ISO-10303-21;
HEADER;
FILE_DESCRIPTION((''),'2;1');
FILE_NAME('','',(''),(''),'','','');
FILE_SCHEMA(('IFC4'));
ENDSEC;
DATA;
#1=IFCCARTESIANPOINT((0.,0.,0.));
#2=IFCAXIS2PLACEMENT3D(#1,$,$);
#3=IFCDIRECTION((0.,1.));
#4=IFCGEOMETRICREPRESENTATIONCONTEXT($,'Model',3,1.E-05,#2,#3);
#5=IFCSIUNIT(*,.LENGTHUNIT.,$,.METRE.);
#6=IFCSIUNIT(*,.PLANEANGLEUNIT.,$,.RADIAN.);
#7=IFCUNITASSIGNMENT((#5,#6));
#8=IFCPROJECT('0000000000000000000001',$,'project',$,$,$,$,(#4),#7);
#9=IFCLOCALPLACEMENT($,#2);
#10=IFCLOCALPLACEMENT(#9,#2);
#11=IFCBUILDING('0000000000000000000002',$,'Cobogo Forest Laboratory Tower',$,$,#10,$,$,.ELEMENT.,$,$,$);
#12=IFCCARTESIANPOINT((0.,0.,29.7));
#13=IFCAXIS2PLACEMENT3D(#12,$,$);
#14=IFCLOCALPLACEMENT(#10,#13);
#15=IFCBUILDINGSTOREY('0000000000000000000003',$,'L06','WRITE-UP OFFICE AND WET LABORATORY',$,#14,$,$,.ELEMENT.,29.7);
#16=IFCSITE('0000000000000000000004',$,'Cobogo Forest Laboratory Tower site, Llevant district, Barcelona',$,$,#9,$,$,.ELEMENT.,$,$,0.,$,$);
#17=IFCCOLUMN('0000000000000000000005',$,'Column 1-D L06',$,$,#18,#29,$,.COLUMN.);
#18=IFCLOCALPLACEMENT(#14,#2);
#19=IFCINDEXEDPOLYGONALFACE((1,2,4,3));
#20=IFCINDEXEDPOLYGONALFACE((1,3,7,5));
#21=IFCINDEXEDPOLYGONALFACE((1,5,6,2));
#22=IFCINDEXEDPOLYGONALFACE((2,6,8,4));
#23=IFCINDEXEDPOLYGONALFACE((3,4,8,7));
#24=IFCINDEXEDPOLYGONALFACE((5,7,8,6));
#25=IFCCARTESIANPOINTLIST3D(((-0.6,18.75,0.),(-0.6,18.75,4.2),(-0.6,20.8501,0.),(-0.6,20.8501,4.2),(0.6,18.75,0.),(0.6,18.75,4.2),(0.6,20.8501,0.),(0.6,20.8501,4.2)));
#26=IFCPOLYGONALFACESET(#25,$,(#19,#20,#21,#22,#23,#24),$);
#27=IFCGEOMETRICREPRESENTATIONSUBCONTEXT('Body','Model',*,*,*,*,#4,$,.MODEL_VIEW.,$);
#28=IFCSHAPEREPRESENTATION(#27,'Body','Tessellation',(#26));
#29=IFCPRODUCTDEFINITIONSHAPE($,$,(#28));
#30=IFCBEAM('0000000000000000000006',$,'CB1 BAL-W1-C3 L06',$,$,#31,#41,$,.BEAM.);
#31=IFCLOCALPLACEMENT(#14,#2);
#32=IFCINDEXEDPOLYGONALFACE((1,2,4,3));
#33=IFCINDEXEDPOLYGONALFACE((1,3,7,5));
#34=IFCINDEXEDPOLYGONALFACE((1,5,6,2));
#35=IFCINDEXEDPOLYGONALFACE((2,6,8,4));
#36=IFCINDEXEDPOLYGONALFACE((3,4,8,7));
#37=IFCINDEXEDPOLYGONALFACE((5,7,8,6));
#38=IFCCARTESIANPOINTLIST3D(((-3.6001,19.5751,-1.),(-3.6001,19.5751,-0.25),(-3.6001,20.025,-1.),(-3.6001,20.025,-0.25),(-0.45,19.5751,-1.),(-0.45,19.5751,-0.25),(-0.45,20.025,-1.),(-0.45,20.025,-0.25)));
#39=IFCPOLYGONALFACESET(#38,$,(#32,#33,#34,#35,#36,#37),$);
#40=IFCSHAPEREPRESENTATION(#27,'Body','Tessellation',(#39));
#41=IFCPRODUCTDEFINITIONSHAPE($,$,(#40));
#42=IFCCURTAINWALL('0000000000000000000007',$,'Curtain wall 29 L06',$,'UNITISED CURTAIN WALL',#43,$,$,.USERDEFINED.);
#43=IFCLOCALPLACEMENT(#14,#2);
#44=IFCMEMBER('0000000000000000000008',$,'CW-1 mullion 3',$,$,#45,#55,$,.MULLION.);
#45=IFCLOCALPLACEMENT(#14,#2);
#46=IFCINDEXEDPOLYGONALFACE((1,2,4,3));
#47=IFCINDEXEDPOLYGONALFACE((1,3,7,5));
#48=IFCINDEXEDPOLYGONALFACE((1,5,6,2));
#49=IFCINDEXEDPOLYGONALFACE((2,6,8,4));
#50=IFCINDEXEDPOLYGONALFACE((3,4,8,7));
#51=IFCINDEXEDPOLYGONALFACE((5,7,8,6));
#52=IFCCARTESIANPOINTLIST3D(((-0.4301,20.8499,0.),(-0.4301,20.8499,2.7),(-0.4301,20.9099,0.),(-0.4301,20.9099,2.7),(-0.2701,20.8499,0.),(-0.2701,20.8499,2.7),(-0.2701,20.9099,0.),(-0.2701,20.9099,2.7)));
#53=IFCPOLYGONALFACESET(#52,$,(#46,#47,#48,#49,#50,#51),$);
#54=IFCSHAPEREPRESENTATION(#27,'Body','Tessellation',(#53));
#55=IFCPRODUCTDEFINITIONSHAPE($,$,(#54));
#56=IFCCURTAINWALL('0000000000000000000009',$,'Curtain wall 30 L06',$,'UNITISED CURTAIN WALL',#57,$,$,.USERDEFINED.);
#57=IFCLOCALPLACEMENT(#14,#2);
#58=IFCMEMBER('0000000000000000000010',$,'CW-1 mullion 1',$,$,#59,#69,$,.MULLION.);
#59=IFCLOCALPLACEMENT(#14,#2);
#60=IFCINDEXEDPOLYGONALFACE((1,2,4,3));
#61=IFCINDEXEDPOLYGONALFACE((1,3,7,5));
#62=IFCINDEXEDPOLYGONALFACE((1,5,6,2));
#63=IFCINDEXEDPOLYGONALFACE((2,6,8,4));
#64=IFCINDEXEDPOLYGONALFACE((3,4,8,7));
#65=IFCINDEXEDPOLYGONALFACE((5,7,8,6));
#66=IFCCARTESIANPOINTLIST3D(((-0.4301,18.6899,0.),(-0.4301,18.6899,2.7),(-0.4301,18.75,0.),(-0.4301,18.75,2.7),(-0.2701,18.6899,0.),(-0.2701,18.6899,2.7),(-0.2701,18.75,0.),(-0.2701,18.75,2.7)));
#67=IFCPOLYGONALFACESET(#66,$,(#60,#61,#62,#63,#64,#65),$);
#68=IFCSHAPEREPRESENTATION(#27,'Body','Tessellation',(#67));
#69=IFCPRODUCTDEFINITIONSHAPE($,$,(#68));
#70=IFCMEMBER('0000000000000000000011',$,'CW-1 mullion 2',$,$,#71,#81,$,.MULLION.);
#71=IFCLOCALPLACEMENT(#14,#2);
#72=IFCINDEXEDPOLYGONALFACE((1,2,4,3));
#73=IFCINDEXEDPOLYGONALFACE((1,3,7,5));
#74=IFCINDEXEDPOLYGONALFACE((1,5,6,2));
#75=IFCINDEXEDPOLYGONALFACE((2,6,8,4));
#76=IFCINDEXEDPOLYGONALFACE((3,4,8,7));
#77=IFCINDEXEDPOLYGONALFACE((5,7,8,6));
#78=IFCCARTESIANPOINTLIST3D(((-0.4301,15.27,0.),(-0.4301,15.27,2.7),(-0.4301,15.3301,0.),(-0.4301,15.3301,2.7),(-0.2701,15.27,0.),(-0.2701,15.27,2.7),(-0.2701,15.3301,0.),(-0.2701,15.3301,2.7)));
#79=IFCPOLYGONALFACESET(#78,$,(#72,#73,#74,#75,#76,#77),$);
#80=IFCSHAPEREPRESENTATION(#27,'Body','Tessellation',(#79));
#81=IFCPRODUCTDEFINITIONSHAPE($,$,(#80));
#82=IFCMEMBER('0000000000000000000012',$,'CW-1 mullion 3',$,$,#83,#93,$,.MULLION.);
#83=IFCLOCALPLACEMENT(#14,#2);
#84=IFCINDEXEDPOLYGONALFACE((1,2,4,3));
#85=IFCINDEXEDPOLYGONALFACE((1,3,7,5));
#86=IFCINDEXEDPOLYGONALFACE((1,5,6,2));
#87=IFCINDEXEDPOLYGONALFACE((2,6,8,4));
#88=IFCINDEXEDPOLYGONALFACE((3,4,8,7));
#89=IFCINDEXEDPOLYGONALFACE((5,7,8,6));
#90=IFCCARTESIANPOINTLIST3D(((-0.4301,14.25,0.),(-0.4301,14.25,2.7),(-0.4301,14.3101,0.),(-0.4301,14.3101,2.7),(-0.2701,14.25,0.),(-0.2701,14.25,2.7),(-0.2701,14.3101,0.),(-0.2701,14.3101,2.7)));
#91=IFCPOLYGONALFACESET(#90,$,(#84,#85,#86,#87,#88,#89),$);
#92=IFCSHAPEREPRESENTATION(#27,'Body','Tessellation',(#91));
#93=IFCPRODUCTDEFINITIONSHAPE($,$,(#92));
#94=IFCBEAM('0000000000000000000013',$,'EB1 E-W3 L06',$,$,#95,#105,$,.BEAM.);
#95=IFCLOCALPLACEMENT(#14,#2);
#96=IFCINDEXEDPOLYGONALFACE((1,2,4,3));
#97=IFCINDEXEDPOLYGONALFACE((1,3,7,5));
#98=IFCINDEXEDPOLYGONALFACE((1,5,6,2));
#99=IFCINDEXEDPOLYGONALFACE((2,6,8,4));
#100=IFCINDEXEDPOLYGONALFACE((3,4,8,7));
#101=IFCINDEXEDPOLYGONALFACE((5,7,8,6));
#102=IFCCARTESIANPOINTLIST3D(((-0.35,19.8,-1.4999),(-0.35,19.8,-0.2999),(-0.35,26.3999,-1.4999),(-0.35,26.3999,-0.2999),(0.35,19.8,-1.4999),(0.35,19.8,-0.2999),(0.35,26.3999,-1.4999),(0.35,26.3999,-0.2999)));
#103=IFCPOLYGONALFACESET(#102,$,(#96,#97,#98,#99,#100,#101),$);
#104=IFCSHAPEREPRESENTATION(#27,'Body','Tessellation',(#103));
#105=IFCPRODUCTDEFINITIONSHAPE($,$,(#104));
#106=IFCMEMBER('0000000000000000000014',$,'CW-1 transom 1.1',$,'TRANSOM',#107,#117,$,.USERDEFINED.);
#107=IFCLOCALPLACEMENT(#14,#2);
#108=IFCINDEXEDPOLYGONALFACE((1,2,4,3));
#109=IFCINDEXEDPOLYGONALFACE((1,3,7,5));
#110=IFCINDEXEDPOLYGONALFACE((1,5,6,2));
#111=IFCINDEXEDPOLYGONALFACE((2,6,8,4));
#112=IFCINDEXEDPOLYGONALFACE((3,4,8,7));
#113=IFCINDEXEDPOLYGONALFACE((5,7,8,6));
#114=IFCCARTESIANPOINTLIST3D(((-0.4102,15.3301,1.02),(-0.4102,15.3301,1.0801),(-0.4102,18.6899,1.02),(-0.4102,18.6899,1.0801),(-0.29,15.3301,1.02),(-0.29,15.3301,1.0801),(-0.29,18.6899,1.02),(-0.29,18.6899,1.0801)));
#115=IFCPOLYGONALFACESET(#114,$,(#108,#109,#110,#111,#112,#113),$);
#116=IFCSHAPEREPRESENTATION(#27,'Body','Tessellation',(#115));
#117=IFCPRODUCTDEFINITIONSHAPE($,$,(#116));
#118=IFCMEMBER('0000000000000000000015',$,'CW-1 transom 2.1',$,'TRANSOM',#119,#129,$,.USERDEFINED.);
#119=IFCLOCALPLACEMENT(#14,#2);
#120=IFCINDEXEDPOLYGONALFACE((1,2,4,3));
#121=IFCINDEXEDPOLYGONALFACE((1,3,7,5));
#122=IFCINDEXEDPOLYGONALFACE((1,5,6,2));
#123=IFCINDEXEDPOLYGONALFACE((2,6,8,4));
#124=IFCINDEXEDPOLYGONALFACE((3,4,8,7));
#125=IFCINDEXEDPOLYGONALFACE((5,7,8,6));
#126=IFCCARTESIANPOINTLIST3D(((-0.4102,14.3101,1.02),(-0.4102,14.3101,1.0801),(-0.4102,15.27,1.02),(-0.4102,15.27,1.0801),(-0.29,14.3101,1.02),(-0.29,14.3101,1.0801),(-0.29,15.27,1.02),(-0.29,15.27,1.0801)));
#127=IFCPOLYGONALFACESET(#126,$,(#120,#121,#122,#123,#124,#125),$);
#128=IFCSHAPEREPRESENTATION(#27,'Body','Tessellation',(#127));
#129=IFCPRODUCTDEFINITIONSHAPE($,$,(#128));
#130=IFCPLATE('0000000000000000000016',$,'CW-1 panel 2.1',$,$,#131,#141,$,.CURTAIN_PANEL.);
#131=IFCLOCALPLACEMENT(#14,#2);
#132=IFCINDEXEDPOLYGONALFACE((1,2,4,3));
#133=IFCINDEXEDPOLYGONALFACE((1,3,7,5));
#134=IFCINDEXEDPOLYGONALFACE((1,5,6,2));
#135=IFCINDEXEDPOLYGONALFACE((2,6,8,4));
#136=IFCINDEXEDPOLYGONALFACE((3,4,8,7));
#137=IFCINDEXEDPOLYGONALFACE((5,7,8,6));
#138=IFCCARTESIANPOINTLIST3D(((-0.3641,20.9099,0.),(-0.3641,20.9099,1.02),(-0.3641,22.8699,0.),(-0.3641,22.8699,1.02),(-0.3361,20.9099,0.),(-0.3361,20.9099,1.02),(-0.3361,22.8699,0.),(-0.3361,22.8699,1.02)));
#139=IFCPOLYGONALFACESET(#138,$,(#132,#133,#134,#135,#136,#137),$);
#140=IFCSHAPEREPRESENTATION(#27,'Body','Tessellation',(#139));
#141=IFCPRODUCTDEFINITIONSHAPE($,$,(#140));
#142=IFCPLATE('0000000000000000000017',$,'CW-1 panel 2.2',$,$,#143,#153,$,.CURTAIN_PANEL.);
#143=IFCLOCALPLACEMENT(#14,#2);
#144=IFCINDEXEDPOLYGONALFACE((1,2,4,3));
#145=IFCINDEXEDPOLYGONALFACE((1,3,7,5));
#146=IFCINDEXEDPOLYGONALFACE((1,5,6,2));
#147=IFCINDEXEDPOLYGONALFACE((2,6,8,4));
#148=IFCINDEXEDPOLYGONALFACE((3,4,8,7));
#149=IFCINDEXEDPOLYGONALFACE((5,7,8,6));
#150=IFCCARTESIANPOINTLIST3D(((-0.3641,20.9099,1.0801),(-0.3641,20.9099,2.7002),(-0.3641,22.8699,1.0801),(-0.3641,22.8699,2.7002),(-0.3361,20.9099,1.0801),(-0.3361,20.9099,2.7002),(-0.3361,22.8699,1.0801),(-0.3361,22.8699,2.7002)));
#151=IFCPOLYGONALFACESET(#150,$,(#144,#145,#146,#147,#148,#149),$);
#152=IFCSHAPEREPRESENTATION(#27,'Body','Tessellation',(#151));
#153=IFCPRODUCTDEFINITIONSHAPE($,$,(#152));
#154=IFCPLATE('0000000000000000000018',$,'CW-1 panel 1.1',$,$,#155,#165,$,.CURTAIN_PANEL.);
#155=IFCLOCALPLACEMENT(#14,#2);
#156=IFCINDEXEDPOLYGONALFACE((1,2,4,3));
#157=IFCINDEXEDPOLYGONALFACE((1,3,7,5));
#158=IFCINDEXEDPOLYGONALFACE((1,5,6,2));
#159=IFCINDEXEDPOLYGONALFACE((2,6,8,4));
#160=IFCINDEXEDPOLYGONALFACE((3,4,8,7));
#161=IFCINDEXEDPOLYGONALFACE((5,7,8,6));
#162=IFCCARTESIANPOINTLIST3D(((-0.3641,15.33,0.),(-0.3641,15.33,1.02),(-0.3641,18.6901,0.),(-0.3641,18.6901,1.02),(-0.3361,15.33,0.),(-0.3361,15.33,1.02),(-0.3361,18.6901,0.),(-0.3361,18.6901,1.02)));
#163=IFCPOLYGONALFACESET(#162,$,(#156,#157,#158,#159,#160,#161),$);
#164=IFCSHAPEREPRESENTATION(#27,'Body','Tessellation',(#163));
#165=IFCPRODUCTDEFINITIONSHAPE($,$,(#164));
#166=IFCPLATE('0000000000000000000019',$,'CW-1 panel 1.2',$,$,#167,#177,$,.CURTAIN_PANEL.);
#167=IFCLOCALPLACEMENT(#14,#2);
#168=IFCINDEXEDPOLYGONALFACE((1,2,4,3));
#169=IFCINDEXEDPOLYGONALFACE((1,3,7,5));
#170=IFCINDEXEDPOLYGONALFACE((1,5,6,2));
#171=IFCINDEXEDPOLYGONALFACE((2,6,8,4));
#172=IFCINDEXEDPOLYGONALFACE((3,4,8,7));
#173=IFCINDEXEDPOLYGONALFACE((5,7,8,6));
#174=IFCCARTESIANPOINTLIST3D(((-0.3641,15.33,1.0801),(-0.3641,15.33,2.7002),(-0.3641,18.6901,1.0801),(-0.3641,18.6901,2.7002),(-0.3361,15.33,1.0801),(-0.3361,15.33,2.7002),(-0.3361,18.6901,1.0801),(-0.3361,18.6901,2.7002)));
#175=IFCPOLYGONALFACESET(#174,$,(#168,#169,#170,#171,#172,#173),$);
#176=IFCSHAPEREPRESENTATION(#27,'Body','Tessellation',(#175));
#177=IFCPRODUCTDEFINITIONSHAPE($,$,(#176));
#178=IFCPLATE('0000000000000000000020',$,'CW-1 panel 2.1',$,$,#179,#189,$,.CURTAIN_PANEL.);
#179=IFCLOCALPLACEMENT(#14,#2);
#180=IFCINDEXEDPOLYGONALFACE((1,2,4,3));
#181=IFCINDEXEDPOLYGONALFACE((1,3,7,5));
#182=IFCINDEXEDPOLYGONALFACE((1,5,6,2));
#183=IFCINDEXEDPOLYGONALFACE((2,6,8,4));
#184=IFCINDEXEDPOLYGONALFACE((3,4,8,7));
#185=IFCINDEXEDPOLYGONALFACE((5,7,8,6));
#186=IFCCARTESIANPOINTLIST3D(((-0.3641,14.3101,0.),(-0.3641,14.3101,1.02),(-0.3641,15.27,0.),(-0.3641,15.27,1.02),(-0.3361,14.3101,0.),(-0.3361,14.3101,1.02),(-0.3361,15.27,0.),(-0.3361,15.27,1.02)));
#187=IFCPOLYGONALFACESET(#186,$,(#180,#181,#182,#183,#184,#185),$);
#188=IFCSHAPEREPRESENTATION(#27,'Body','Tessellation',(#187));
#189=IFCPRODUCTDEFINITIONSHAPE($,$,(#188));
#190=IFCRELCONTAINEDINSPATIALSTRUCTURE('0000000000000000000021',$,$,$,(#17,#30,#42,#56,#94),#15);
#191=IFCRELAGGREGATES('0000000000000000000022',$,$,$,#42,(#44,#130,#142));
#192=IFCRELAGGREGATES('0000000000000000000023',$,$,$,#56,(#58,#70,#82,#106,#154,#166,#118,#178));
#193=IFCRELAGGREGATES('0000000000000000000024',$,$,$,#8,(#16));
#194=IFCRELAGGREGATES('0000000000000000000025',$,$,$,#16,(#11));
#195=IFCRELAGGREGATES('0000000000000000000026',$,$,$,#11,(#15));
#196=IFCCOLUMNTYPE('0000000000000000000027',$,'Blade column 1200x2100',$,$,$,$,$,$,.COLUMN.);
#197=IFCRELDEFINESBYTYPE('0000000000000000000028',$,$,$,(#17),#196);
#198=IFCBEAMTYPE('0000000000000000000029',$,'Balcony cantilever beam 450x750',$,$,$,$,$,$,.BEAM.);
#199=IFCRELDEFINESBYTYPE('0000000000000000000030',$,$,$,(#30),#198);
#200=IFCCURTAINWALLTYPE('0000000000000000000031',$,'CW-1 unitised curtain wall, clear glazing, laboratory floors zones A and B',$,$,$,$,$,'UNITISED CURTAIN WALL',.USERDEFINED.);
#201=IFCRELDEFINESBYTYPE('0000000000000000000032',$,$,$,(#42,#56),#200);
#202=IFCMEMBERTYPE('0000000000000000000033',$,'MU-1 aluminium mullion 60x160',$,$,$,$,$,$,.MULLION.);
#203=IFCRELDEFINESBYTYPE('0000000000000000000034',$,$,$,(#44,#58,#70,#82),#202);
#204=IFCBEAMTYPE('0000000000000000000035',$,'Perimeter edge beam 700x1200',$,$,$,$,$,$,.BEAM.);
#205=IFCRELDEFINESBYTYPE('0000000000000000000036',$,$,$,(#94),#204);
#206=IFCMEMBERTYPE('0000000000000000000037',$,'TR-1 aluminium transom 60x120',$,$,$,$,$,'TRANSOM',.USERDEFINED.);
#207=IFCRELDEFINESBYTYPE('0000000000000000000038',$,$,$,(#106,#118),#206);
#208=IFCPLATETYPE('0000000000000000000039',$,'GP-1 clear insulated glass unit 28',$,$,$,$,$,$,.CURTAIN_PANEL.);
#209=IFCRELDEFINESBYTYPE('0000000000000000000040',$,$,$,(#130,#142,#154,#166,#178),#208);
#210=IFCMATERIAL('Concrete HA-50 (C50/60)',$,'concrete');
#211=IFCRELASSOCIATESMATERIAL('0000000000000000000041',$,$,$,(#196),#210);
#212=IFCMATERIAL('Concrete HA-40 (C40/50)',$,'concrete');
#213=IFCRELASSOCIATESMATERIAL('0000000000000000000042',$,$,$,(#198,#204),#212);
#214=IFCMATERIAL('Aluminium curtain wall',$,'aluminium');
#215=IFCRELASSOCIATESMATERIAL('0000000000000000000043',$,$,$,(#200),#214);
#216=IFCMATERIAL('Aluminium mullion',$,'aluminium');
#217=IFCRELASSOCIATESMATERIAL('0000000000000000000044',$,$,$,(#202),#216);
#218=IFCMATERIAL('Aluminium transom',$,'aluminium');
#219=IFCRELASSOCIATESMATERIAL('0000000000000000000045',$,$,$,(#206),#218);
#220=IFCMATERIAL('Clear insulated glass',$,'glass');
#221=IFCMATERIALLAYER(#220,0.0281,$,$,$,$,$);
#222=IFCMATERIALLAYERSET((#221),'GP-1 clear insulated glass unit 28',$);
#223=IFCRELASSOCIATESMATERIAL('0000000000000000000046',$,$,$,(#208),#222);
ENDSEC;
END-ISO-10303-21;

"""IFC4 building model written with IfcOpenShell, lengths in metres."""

from ifc_helpers import new_model, si_unit, direction, frame, origin, origin_2d, place, context, subcontext, project, spatial, rectangle, extrude, material, layer, layer_set, material_profile, profile_set, type_object, element, aggregate, save


model = new_model("IFC4")

# Units and contexts
model_context = context("Model", 3, precision=1e-05, world=origin(), true_north=direction((0.0, 1.0)))
body_context = subcontext(model_context, "Body", "Model", "MODEL_VIEW")
ifc_project = project(units=[si_unit("LENGTHUNIT", "METRE"), si_unit("PLANEANGLEUNIT", "RADIAN")], contexts=[model_context])

# Site, building, storey
site_placement = place(None, origin())
site = spatial("IfcSite", under=ifc_project, at=site_placement, Name="Cobogo Forest Laboratory Tower site, Llevant district, Barcelona", CompositionType="ELEMENT", RefElevation=0.0)
building_placement = place(site_placement, origin())
building = spatial("IfcBuilding", under=site, at=building_placement, Name="Cobogo Forest Laboratory Tower", CompositionType="ELEMENT")
storey_placement = place(building_placement, frame((0.0, 0.0, 29.7)))
storey = spatial("IfcBuildingStorey", under=building, at=storey_placement, Name="L06", Description="WRITE-UP OFFICE AND WET LABORATORY", CompositionType="ELEMENT", Elevation=29.7)

# Column
ifc_material_1 = material(Name="Concrete HA-50 (C50/60)", Category="concrete")
ifc_material_profile_1 = material_profile(ifc_material_1, rectangle(XDim=2.1001, YDim=1.2, at=origin_2d()), Name="RC 1200x2100")
ifc_profile_set_1 = profile_set([ifc_material_profile_1], Name="Concrete HA-50 (C50/60)")
column_type = type_object("IfcColumnType", Name="Blade column 1200x2100", PredefinedType="COLUMN", material=ifc_profile_set_1)
column_placement = place(storey_placement, frame((0.0, 19.8, 0.0), z_axis=(0.0, 0.0, 1.0), x_axis=(0.0, 1.0, 0.0)))
element("IfcColumn", 1, at=column_placement, inside=storey, type_object=column_type, Name="Column 1-D L06", PredefinedType="COLUMN", context=body_context, shape_type="SweptSolid", body=[
    extrude(rectangle(XDim=2.1001, YDim=1.2, at=origin_2d()), origin(), (0.0, 0.0, 1.0), 4.2),
])

# Beam
ifc_material_2 = material(Name="Concrete HA-40 (C40/50)", Category="concrete")
ifc_material_profile_2 = material_profile(ifc_material_2, rectangle(XDim=0.45, YDim=0.75, at=origin_2d()), Name="RC 450x750")
ifc_profile_set_2 = profile_set([ifc_material_profile_2], Name="Concrete HA-40 (C40/50)")
beam_type_1 = type_object("IfcBeamType", Name="Balcony cantilever beam 450x750", PredefinedType="BEAM", material=ifc_profile_set_2)
beam_1_placement = place(storey_placement, frame((-0.45, 19.8, -0.625), z_axis=(-1.0, 0.0, 0.0), x_axis=(0.0, -1.0, 0.0)))
element("IfcBeam", 2, at=beam_1_placement, inside=storey, type_object=beam_type_1, Name="CB1 BAL-W1-C3 L06", PredefinedType="BEAM", context=body_context, shape_type="SweptSolid", body=[
    extrude(rectangle(XDim=0.45, YDim=0.75, at=origin_2d()), origin(), (0.0, 0.0, 1.0), 3.1501),
])

# Curtain wall, member
ifc_material_3 = material(Name="Aluminium curtain wall", Category="aluminium")
curtain_wall_type = type_object("IfcCurtainWallType", Name="CW-1 unitised curtain wall, clear glazing, laboratory floors zones A and B", ElementType="UNITISED CURTAIN WALL", PredefinedType="USERDEFINED", material=ifc_material_3)
curtain_wall_1_placement = place(storey_placement, origin())
curtain_wall_1 = element("IfcCurtainWall", 3, at=curtain_wall_1_placement, inside=storey, type_object=curtain_wall_type, Name="Curtain wall 29 L06", ObjectType="UNITISED CURTAIN WALL", PredefinedType="USERDEFINED")
ifc_material_4 = material(Name="Aluminium mullion", Category="aluminium")
ifc_material_profile_3 = material_profile(ifc_material_4, rectangle(XDim=0.0601, YDim=0.1599, at=origin_2d()), Name="AL 60x160")
ifc_profile_set_3 = profile_set([ifc_material_profile_3], Name="Aluminium mullion")
member_type_1 = type_object("IfcMemberType", Name="MU-1 aluminium mullion 60x160", PredefinedType="MULLION", material=ifc_profile_set_3)
member_1_placement = place(storey_placement, frame((-0.3501, 20.8799, 0.0), z_axis=(0.0, 0.0, 1.0), x_axis=(0.0, -1.0, 0.0)))
member_1 = element("IfcMember", 4, at=member_1_placement, type_object=member_type_1, Name="CW-1 mullion 3", PredefinedType="MULLION", context=body_context, shape_type="SweptSolid", body=[
    extrude(rectangle(XDim=0.0601, YDim=0.1599, at=origin_2d()), origin(), (0.0, 0.0, 1.0), 2.7),
])

# Curtain wall, members
curtain_wall_2_placement = place(storey_placement, origin())
curtain_wall_2 = element("IfcCurtainWall", 5, at=curtain_wall_2_placement, inside=storey, type_object=curtain_wall_type, Name="Curtain wall 30 L06", ObjectType="UNITISED CURTAIN WALL", PredefinedType="USERDEFINED")
member_2_placement = place(storey_placement, frame((-0.3501, 18.72, 0.0), z_axis=(0.0, 0.0, 1.0), x_axis=(0.0, -1.0, 0.0)))
member_2 = element("IfcMember", 6, at=member_2_placement, type_object=member_type_1, Name="CW-1 mullion 1", PredefinedType="MULLION", context=body_context, shape_type="SweptSolid", body=[
    extrude(rectangle(XDim=0.0601, YDim=0.1599, at=origin_2d()), origin(), (0.0, 0.0, 1.0), 2.7),
])
member_3_placement = place(storey_placement, frame((-0.3501, 15.3, 0.0), z_axis=(0.0, 0.0, 1.0), x_axis=(0.0, -1.0, 0.0)))
member_3 = element("IfcMember", 7, at=member_3_placement, type_object=member_type_1, Name="CW-1 mullion 2", PredefinedType="MULLION", context=body_context, shape_type="SweptSolid", body=[
    extrude(rectangle(XDim=0.0601, YDim=0.1599, at=origin_2d()), origin(), (0.0, 0.0, 1.0), 2.7),
])
member_4_placement = place(storey_placement, frame((-0.3501, 14.28, 0.0), z_axis=(0.0, 0.0, 1.0), x_axis=(0.0, -1.0, 0.0)))
member_4 = element("IfcMember", 8, at=member_4_placement, type_object=member_type_1, Name="CW-1 mullion 3", PredefinedType="MULLION", context=body_context, shape_type="SweptSolid", body=[
    extrude(rectangle(XDim=0.0601, YDim=0.1599, at=origin_2d()), origin(), (0.0, 0.0, 1.0), 2.7),
])

# Beam
ifc_material_profile_4 = material_profile(ifc_material_2, rectangle(XDim=0.7, YDim=1.2, at=origin_2d()), Name="RC 700x1200")
ifc_profile_set_4 = profile_set([ifc_material_profile_4], Name="Concrete HA-40 (C40/50)")
beam_type_2 = type_object("IfcBeamType", Name="Perimeter edge beam 700x1200", PredefinedType="BEAM", material=ifc_profile_set_4)
beam_2_placement = place(storey_placement, frame((0.0, 19.8, -0.8999), z_axis=(0.0, 1.0, 0.0), x_axis=(-1.0, 0.0, 0.0)))
element("IfcBeam", 9, at=beam_2_placement, inside=storey, type_object=beam_type_2, Name="EB1 E-W3 L06", PredefinedType="BEAM", context=body_context, shape_type="SweptSolid", body=[
    extrude(rectangle(XDim=0.7, YDim=1.2, at=origin_2d()), origin(), (0.0, 0.0, 1.0), 6.5999),
])

# Members
ifc_material_5 = material(Name="Aluminium transom", Category="aluminium")
ifc_material_profile_5 = material_profile(ifc_material_5, rectangle(XDim=0.1201, YDim=0.0601, at=origin_2d()), Name="AL 60x120")
ifc_profile_set_5 = profile_set([ifc_material_profile_5], Name="Aluminium transom")
member_type_2 = type_object("IfcMemberType", Name="TR-1 aluminium transom 60x120", ElementType="TRANSOM", PredefinedType="USERDEFINED", material=ifc_profile_set_5)
member_5_placement = place(storey_placement, frame((-0.3501, 18.6899, 1.05), z_axis=(0.0, -1.0, 0.0), x_axis=(1.0, 0.0, 0.0)))
member_5 = element("IfcMember", 10, at=member_5_placement, type_object=member_type_2, Name="CW-1 transom 1.1", ObjectType="TRANSOM", PredefinedType="USERDEFINED", context=body_context, shape_type="SweptSolid", body=[
    extrude(rectangle(XDim=0.1201, YDim=0.0601, at=origin_2d()), origin(), (0.0, 0.0, 1.0), 3.3599),
])
member_6_placement = place(storey_placement, frame((-0.3501, 15.27, 1.05), z_axis=(0.0, -1.0, 0.0), x_axis=(1.0, 0.0, 0.0)))
member_6 = element("IfcMember", 11, at=member_6_placement, type_object=member_type_2, Name="CW-1 transom 2.1", ObjectType="TRANSOM", PredefinedType="USERDEFINED", context=body_context, shape_type="SweptSolid", body=[
    extrude(rectangle(XDim=0.1201, YDim=0.0601, at=origin_2d()), origin(), (0.0, 0.0, 1.0), 0.96),
])

# Plates
ifc_material_6 = material(Name="Clear insulated glass", Category="glass")
ifc_layer_1 = layer(ifc_material_6, 0.0281)
ifc_layer_set_1 = layer_set([ifc_layer_1], Name="GP-1 clear insulated glass unit 28")
plate_type_1 = type_object("IfcPlateType", Name="GP-1 clear insulated glass unit 28", PredefinedType="CURTAIN_PANEL", material=ifc_layer_set_1)
plate_1_placement = place(storey_placement, frame((-0.3501, 21.8899, 0.0), z_axis=(0.0, 0.0, 1.0), x_axis=(0.0, -1.0, 0.0)))
plate_1 = element("IfcPlate", 12, at=plate_1_placement, type_object=plate_type_1, Name="CW-1 panel 2.1", PredefinedType="CURTAIN_PANEL", context=body_context, shape_type="SweptSolid", body=[
    extrude(rectangle(XDim=1.96, YDim=0.0281, at=origin_2d()), origin(), (0.0, 0.0, 1.0), 1.02),
])
plate_2_placement = place(storey_placement, frame((-0.3501, 21.8899, 1.0801), z_axis=(0.0, 0.0, 1.0), x_axis=(0.0, -1.0, 0.0)))
plate_2 = element("IfcPlate", 13, at=plate_2_placement, type_object=plate_type_1, Name="CW-1 panel 2.2", PredefinedType="CURTAIN_PANEL", context=body_context, shape_type="SweptSolid", body=[
    extrude(rectangle(XDim=1.96, YDim=0.0281, at=origin_2d()), origin(), (0.0, 0.0, 1.0), 1.6201),
])
aggregate(curtain_wall_1, [member_1, plate_1, plate_2])
plate_3_placement = place(storey_placement, frame((-0.3501, 17.01, 0.0), z_axis=(0.0, 0.0, 1.0), x_axis=(0.0, -1.0, 0.0)))
plate_3 = element("IfcPlate", 14, at=plate_3_placement, type_object=plate_type_1, Name="CW-1 panel 1.1", PredefinedType="CURTAIN_PANEL", context=body_context, shape_type="SweptSolid", body=[
    extrude(rectangle(XDim=3.3601, YDim=0.0281, at=origin_2d()), origin(), (0.0, 0.0, 1.0), 1.02),
])
plate_4_placement = place(storey_placement, frame((-0.3501, 17.01, 1.0801), z_axis=(0.0, 0.0, 1.0), x_axis=(0.0, -1.0, 0.0)))
plate_4 = element("IfcPlate", 15, at=plate_4_placement, type_object=plate_type_1, Name="CW-1 panel 1.2", PredefinedType="CURTAIN_PANEL", context=body_context, shape_type="SweptSolid", body=[
    extrude(rectangle(XDim=3.3601, YDim=0.0281, at=origin_2d()), origin(), (0.0, 0.0, 1.0), 1.6201),
])
plate_5_placement = place(storey_placement, frame((-0.3501, 14.79, 0.0), z_axis=(0.0, 0.0, 1.0), x_axis=(0.0, -1.0, 0.0)))
plate_5 = element("IfcPlate", 16, at=plate_5_placement, type_object=plate_type_1, Name="CW-1 panel 2.1", PredefinedType="CURTAIN_PANEL", context=body_context, shape_type="SweptSolid", body=[
    extrude(rectangle(XDim=0.96, YDim=0.0281, at=origin_2d()), origin(), (0.0, 0.0, 1.0), 1.02),
])
aggregate(curtain_wall_2, [member_2, member_3, member_4, member_5, plate_3, plate_4, member_6, plate_5])

save(model, "model.ifc")
